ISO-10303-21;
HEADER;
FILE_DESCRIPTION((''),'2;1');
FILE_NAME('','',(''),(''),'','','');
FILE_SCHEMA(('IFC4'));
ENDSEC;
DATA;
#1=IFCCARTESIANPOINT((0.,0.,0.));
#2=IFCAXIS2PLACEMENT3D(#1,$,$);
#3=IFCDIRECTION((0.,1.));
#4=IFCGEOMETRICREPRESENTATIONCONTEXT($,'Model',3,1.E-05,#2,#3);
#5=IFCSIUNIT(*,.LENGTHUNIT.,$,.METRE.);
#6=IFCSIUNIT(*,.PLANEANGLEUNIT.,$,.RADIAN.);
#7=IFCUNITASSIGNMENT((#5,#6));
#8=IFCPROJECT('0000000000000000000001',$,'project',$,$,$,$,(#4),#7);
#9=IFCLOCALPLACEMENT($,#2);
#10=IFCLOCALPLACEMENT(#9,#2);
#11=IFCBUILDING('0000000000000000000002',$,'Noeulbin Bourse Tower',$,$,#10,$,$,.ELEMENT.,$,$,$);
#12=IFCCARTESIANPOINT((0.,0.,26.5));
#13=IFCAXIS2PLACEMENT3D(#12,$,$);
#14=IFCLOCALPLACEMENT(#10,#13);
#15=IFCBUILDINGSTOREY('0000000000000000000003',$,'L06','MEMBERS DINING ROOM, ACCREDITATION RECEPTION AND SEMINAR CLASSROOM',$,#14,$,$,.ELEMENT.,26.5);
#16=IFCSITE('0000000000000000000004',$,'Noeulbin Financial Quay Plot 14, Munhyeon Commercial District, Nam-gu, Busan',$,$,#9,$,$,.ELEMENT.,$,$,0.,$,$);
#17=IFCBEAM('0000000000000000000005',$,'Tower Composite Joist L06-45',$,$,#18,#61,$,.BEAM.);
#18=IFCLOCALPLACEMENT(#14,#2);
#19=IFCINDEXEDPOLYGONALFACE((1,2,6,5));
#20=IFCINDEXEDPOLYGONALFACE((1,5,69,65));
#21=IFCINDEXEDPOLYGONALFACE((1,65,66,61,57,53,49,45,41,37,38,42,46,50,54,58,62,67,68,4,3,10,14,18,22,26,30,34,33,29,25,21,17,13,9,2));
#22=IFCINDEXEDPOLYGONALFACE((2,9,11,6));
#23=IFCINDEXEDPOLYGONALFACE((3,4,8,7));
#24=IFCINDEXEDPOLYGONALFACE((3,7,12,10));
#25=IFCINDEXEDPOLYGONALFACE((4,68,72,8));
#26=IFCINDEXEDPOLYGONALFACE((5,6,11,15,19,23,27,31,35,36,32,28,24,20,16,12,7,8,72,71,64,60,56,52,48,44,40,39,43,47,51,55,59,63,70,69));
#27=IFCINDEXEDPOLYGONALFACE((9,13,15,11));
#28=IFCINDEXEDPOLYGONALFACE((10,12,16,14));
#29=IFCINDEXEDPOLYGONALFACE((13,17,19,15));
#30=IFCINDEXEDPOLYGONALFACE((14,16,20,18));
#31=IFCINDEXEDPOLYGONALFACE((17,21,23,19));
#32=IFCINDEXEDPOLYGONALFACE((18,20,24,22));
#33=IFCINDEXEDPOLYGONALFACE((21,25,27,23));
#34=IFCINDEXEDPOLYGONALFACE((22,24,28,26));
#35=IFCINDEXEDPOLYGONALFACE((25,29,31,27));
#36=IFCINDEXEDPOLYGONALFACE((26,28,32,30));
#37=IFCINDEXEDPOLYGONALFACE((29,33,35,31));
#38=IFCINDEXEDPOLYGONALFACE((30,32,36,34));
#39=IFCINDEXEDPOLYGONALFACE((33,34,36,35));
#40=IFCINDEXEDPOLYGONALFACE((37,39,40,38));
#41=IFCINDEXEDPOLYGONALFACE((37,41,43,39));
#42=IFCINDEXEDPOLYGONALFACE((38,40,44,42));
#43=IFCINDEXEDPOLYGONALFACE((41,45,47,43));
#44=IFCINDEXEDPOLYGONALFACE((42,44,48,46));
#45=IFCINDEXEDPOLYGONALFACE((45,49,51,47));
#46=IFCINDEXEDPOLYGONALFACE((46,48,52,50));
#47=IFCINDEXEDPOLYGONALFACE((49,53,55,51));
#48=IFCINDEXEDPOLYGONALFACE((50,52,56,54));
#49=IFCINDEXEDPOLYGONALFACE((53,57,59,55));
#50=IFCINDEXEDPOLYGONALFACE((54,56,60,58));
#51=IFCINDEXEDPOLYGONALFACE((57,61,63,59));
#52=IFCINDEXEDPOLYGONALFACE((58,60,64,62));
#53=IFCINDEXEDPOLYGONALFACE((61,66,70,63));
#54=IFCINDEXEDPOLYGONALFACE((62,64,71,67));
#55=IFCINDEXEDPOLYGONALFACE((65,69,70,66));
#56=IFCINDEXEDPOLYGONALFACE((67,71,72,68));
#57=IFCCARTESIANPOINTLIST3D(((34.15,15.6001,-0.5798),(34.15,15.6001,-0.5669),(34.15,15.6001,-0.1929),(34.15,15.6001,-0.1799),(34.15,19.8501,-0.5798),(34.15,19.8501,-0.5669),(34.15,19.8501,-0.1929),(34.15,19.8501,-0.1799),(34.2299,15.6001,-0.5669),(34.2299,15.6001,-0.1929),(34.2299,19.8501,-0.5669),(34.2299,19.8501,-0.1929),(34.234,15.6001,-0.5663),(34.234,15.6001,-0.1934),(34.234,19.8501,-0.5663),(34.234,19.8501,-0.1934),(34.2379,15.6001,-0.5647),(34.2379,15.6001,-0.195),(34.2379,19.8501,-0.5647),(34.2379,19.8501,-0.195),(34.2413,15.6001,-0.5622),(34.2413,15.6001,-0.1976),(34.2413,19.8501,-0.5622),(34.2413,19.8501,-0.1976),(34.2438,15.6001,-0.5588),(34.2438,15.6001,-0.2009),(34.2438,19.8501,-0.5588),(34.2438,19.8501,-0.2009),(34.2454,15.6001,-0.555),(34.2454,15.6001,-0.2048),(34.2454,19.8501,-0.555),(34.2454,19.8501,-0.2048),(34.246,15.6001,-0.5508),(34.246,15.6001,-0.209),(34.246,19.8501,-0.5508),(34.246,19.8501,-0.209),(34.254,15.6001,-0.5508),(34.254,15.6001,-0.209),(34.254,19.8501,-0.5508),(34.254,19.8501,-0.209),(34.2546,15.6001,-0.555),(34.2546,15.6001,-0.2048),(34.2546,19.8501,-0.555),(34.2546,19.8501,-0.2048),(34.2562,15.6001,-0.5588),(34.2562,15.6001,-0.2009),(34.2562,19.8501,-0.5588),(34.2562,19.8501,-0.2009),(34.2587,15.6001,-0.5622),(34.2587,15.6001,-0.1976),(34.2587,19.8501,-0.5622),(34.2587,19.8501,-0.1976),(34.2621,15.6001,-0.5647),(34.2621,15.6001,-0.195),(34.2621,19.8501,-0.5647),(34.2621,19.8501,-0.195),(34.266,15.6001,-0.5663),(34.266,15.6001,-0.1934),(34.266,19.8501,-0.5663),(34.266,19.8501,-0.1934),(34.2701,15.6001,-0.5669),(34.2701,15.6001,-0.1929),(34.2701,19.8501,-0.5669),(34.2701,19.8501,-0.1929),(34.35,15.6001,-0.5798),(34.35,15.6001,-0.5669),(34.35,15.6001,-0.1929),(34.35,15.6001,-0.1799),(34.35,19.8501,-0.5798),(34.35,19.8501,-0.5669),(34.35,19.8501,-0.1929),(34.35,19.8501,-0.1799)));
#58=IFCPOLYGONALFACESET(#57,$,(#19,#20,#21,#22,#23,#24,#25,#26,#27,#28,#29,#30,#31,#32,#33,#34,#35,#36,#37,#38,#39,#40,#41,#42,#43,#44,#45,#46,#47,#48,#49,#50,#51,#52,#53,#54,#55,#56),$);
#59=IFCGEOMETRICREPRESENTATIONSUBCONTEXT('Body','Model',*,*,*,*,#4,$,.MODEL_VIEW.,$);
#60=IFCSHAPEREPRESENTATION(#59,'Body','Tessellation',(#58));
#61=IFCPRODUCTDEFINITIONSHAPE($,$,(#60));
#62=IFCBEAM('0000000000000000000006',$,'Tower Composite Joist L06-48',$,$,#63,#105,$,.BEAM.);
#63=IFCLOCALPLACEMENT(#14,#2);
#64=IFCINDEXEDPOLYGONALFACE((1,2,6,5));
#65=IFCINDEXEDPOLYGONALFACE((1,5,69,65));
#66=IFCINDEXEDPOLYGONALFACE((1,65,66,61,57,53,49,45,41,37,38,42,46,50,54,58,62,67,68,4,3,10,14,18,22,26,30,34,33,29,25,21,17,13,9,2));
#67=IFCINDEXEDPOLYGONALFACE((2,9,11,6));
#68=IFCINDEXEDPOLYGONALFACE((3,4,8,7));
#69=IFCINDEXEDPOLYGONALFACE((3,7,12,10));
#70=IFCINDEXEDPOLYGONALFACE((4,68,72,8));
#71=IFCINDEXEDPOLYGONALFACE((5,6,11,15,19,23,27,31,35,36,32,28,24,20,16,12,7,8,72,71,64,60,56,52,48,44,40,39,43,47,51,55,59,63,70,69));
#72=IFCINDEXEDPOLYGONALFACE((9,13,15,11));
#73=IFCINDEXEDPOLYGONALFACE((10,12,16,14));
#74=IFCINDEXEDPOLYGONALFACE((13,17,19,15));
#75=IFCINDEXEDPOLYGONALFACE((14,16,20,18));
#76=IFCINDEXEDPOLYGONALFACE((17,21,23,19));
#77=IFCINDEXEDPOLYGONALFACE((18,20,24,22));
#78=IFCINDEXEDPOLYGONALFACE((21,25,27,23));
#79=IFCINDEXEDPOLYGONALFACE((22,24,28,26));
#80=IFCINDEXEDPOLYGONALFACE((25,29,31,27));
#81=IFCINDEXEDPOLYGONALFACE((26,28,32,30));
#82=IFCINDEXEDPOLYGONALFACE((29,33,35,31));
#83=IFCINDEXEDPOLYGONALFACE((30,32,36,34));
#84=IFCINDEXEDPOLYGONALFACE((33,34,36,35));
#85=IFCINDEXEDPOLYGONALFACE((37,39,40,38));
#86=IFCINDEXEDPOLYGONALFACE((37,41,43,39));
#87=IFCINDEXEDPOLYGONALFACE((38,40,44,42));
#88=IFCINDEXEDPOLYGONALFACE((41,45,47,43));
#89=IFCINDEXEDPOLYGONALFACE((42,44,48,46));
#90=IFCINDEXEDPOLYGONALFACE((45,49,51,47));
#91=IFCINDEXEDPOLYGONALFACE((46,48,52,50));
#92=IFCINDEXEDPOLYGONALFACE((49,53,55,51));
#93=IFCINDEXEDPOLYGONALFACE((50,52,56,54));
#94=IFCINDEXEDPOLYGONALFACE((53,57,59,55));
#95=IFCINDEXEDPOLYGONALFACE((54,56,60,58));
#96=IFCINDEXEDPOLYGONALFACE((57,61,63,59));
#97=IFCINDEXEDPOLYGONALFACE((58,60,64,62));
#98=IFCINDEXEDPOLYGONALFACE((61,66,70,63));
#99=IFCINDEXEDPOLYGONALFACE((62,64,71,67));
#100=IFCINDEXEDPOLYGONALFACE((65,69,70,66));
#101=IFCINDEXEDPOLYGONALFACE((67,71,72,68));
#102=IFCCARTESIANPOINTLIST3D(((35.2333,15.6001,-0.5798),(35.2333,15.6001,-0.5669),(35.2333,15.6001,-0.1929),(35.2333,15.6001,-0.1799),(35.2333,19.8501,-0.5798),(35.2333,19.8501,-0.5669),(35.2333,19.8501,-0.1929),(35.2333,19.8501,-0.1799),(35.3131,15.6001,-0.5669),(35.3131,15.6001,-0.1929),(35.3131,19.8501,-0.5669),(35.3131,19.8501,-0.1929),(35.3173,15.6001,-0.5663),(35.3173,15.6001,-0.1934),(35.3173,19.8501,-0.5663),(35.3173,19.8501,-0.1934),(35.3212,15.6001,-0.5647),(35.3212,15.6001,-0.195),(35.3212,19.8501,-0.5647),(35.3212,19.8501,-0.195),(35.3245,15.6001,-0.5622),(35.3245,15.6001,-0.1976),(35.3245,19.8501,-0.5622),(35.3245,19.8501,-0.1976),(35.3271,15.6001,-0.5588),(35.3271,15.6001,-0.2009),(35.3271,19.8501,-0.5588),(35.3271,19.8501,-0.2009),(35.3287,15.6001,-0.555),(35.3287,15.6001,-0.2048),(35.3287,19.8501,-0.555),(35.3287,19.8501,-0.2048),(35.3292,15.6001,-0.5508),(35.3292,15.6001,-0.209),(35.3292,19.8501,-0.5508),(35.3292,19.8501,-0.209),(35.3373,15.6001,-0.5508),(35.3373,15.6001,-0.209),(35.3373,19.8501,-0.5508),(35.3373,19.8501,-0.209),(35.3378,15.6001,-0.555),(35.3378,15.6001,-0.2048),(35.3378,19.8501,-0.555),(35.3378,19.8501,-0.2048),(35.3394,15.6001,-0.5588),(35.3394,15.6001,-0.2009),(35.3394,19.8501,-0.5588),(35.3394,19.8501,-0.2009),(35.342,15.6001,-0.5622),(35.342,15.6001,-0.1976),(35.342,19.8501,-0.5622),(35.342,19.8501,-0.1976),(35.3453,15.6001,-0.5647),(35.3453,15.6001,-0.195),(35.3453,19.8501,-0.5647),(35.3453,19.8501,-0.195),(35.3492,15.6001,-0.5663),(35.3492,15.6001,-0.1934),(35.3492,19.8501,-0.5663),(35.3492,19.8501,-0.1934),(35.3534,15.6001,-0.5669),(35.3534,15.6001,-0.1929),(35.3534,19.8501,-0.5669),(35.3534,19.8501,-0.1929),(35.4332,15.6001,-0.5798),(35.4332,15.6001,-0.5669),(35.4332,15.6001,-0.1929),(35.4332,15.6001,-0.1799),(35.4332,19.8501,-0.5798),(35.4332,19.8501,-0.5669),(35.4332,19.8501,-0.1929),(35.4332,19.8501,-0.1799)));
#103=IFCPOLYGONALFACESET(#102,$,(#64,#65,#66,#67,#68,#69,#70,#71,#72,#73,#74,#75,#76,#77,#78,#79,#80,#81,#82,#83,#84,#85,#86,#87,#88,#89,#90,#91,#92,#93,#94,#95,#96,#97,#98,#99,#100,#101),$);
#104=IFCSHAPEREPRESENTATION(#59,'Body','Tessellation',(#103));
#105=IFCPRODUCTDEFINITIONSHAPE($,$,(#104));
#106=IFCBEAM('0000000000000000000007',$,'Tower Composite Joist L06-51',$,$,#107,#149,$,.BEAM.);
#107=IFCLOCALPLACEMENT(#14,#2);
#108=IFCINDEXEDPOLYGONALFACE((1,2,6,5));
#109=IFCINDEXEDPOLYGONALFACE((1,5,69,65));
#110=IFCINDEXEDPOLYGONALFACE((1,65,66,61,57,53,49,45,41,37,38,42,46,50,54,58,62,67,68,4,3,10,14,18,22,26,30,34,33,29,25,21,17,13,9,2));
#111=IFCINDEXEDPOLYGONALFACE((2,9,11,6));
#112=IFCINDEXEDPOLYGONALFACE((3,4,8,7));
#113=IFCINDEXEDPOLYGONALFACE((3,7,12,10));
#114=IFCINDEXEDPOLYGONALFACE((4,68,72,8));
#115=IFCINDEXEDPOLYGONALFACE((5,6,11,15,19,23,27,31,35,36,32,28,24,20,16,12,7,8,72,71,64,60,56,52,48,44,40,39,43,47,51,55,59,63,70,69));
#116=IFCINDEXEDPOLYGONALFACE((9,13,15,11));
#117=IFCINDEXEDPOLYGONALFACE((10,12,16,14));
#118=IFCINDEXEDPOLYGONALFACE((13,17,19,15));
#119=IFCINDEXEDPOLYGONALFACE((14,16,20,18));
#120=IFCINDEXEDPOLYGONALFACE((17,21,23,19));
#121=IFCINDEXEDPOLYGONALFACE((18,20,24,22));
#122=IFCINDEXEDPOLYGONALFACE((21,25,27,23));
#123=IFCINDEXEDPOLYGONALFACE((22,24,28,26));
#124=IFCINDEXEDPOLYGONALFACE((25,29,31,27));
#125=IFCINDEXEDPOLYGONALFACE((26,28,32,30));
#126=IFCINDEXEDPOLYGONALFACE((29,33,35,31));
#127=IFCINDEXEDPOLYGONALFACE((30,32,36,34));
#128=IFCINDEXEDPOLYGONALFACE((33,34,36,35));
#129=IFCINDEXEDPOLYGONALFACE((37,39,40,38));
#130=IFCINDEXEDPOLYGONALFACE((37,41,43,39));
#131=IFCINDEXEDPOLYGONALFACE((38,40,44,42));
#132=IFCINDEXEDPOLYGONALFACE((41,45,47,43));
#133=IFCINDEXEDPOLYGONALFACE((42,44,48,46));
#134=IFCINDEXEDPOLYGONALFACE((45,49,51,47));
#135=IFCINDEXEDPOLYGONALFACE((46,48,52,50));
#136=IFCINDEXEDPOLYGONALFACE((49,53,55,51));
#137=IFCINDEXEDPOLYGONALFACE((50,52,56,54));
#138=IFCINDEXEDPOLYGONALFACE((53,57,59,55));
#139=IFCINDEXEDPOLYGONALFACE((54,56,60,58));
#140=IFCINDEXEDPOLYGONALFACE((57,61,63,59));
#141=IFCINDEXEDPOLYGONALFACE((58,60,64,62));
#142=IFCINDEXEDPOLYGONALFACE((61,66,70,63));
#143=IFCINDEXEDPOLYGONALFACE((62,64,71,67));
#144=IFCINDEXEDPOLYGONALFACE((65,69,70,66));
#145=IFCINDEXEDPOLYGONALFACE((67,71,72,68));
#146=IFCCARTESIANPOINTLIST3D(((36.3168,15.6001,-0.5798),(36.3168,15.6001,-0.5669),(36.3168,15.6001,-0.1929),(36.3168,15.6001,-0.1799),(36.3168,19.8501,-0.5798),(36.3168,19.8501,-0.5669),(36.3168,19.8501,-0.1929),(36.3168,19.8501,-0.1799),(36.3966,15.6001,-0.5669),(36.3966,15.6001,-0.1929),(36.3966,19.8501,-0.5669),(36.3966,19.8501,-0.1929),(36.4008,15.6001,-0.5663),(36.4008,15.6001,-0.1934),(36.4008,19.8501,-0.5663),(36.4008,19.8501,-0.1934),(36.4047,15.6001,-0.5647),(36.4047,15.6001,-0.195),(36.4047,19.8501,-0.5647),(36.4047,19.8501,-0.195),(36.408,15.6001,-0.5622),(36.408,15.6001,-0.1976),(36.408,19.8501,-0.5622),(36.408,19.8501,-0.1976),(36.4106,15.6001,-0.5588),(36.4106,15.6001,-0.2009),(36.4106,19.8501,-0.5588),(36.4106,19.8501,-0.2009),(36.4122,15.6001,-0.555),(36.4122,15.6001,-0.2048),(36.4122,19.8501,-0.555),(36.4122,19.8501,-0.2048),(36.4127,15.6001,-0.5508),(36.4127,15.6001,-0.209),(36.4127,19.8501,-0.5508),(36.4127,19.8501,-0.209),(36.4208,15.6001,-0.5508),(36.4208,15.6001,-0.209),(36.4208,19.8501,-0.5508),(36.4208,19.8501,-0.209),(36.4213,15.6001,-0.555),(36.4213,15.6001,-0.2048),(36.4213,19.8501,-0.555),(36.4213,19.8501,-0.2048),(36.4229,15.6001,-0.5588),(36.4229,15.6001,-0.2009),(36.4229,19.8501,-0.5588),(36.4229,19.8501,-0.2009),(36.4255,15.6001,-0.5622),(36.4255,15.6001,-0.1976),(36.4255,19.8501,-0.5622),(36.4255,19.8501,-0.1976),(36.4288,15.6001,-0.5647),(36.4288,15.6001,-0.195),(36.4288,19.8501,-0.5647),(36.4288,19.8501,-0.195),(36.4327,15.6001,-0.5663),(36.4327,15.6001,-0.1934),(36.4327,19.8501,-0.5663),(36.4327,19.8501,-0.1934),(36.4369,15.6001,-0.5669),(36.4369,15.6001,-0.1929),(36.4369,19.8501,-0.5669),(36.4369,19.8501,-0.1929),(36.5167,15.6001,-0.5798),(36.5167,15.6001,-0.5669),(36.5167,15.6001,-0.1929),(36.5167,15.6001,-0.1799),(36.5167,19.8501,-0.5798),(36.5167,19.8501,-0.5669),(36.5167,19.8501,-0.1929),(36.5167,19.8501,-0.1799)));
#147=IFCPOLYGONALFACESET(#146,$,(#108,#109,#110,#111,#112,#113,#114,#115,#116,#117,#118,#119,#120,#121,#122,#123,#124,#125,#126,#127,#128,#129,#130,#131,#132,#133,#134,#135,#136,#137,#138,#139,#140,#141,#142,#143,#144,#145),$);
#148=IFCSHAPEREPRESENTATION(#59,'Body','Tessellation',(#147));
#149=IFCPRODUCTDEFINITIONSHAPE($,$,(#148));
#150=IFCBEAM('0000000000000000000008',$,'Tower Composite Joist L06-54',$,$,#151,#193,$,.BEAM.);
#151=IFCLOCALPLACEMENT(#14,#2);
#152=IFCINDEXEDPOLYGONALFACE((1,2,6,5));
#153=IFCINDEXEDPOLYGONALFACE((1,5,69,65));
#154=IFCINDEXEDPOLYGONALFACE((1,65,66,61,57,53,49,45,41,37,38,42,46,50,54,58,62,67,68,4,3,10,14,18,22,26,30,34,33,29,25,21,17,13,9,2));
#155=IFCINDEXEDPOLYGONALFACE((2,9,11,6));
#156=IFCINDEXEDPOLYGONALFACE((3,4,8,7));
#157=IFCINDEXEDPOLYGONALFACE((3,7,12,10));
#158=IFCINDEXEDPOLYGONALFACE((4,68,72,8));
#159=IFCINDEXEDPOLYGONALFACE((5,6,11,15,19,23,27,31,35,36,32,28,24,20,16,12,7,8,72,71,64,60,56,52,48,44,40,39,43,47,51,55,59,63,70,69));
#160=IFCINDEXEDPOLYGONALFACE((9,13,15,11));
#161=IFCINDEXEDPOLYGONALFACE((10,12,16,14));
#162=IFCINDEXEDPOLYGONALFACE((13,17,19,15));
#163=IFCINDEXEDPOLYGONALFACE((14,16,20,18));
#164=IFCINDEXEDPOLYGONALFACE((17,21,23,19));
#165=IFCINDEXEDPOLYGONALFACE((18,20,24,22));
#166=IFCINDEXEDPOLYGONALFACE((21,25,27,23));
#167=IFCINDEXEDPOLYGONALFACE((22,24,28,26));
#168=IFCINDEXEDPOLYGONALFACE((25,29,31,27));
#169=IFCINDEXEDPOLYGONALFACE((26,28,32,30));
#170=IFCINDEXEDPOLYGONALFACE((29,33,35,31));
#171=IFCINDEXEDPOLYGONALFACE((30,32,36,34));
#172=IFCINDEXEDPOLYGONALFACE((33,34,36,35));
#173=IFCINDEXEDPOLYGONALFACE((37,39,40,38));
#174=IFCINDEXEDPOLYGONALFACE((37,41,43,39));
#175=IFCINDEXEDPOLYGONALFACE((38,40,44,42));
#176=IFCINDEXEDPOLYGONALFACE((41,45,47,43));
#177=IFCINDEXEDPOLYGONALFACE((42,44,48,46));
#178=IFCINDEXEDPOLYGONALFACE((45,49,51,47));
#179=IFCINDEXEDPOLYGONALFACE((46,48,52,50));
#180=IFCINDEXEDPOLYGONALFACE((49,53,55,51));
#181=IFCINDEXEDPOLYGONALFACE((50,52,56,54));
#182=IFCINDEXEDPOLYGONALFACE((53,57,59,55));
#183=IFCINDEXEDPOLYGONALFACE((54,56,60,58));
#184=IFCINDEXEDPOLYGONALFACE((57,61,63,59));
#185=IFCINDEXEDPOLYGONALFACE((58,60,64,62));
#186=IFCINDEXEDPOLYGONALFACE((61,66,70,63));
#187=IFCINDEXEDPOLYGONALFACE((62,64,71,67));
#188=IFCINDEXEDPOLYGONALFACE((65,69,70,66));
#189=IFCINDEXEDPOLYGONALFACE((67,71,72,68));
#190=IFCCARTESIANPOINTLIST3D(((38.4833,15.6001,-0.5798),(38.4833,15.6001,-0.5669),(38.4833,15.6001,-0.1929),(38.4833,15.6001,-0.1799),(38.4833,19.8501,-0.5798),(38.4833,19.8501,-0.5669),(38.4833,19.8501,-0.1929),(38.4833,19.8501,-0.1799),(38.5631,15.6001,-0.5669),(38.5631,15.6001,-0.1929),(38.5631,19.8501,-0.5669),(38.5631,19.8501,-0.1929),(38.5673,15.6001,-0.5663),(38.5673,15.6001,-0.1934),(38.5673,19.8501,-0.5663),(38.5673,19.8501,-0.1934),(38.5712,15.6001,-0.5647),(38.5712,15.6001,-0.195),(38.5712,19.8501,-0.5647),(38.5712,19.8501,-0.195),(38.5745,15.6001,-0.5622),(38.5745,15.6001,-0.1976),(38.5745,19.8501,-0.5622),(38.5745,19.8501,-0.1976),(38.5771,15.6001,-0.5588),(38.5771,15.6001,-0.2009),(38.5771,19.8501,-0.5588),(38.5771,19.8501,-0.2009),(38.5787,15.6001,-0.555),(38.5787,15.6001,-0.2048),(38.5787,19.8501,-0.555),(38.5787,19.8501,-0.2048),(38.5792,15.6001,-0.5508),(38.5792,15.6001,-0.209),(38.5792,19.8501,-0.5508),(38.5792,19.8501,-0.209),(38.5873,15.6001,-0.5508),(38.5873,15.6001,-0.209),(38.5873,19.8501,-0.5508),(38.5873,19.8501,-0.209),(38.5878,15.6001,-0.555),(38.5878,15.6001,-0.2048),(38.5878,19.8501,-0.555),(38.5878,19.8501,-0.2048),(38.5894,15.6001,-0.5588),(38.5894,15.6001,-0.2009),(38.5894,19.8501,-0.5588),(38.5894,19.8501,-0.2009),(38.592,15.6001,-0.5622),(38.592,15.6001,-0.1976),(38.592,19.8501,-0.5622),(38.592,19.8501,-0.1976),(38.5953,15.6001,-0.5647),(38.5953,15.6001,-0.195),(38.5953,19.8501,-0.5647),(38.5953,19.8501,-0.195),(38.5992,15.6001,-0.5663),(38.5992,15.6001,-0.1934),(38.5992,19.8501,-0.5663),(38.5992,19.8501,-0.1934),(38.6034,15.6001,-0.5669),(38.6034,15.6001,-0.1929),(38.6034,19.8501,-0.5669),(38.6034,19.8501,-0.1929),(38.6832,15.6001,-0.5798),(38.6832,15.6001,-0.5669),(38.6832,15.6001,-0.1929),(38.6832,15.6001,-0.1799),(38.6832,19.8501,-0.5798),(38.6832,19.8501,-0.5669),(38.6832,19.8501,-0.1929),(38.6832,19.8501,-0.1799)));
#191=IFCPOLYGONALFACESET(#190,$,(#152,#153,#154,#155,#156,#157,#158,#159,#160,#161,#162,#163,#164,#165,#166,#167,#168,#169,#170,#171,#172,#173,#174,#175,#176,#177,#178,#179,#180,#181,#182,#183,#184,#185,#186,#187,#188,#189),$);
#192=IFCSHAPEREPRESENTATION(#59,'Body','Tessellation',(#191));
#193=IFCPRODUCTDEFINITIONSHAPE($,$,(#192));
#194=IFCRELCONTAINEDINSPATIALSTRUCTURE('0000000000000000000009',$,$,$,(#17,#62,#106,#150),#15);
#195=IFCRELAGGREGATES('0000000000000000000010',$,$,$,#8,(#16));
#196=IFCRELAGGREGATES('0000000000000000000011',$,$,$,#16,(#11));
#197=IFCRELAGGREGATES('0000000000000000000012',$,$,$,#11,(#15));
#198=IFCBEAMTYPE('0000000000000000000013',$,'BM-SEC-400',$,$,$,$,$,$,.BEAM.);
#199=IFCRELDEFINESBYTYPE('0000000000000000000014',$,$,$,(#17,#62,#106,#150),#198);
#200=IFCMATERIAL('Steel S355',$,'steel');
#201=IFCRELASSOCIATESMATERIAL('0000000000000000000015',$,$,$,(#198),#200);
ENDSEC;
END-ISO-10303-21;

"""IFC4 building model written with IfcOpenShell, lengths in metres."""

from ifc_helpers import new_model, si_unit, direction, frame, origin, origin_2d, place, context, subcontext, project, spatial, i_section, extrude, material, material_profile, profile_set, type_object, element, save


model = new_model("IFC4")

# Units and contexts
model_context = context("Model", 3, precision=1e-05, world=origin(), true_north=direction((0.0, 1.0)))
body_context = subcontext(model_context, "Body", "Model", "MODEL_VIEW")
ifc_project = project(units=[si_unit("LENGTHUNIT", "METRE"), si_unit("PLANEANGLEUNIT", "RADIAN")], contexts=[model_context])

# Site, building, storey
site_placement = place(None, origin())
site = spatial("IfcSite", under=ifc_project, at=site_placement, Name="Noeulbin Financial Quay Plot 14, Munhyeon Commercial District, Nam-gu, Busan", CompositionType="ELEMENT", RefElevation=0.0)
building_placement = place(site_placement, origin())
building = spatial("IfcBuilding", under=site, at=building_placement, Name="Noeulbin Bourse Tower", CompositionType="ELEMENT")
storey_placement = place(building_placement, frame((0.0, 0.0, 26.5)))
storey = spatial("IfcBuildingStorey", under=building, at=storey_placement, Name="L06", Description="MEMBERS DINING ROOM, ACCREDITATION RECEPTION AND SEMINAR CLASSROOM", CompositionType="ELEMENT", Elevation=26.5)

# Beams
ifc_material_1 = material(Name="Steel S355", Category="steel")
ifc_material_profile_1 = material_profile(ifc_material_1, i_section(OverallWidth=0.2, OverallDepth=0.3999, WebThickness=0.0081, FlangeThickness=0.0129, FilletRadius=0.0161, at=origin_2d()), Name="H-400x200x8x13", Category="LoadBearing")
ifc_profile_set_1 = profile_set([ifc_material_profile_1], Name="Steel S355")
beam_type_1 = type_object("IfcBeamType", Name="BM-SEC-400", PredefinedType="BEAM", material=ifc_profile_set_1)
for number, where, z_axis, x_axis, name in (
    (1, (34.25, 15.6001, -0.3799), (0.0, 1.0, 0.0), (-1.0, 0.0, 0.0), "Tower Composite Joist L06-45"),
    (2, (35.3333, 15.6001, -0.3799), (0.0, 1.0, 0.0), (-1.0, 0.0, 0.0), "Tower Composite Joist L06-48"),
    (3, (36.4167, 15.6001, -0.3799), (0.0, 1.0, 0.0), (-1.0, 0.0, 0.0), "Tower Composite Joist L06-51"),
    (4, (38.5833, 15.6001, -0.3799), (0.0, 1.0, 0.0), (-1.0, 0.0, 0.0), "Tower Composite Joist L06-54"),
):
    element("IfcBeam", number, at=place(storey_placement, frame(where, z_axis=z_axis, x_axis=x_axis)), inside=storey, type_object=beam_type_1, Name=name, PredefinedType="BEAM", context=body_context, shape_type="SweptSolid", body=[
        extrude(i_section(OverallWidth=0.2, OverallDepth=0.3999, WebThickness=0.0081, FlangeThickness=0.0129, FilletRadius=0.0161, at=origin_2d()), origin(), (0.0, 0.0, 1.0), 4.25),
    ])

save(model, "model.ifc")
